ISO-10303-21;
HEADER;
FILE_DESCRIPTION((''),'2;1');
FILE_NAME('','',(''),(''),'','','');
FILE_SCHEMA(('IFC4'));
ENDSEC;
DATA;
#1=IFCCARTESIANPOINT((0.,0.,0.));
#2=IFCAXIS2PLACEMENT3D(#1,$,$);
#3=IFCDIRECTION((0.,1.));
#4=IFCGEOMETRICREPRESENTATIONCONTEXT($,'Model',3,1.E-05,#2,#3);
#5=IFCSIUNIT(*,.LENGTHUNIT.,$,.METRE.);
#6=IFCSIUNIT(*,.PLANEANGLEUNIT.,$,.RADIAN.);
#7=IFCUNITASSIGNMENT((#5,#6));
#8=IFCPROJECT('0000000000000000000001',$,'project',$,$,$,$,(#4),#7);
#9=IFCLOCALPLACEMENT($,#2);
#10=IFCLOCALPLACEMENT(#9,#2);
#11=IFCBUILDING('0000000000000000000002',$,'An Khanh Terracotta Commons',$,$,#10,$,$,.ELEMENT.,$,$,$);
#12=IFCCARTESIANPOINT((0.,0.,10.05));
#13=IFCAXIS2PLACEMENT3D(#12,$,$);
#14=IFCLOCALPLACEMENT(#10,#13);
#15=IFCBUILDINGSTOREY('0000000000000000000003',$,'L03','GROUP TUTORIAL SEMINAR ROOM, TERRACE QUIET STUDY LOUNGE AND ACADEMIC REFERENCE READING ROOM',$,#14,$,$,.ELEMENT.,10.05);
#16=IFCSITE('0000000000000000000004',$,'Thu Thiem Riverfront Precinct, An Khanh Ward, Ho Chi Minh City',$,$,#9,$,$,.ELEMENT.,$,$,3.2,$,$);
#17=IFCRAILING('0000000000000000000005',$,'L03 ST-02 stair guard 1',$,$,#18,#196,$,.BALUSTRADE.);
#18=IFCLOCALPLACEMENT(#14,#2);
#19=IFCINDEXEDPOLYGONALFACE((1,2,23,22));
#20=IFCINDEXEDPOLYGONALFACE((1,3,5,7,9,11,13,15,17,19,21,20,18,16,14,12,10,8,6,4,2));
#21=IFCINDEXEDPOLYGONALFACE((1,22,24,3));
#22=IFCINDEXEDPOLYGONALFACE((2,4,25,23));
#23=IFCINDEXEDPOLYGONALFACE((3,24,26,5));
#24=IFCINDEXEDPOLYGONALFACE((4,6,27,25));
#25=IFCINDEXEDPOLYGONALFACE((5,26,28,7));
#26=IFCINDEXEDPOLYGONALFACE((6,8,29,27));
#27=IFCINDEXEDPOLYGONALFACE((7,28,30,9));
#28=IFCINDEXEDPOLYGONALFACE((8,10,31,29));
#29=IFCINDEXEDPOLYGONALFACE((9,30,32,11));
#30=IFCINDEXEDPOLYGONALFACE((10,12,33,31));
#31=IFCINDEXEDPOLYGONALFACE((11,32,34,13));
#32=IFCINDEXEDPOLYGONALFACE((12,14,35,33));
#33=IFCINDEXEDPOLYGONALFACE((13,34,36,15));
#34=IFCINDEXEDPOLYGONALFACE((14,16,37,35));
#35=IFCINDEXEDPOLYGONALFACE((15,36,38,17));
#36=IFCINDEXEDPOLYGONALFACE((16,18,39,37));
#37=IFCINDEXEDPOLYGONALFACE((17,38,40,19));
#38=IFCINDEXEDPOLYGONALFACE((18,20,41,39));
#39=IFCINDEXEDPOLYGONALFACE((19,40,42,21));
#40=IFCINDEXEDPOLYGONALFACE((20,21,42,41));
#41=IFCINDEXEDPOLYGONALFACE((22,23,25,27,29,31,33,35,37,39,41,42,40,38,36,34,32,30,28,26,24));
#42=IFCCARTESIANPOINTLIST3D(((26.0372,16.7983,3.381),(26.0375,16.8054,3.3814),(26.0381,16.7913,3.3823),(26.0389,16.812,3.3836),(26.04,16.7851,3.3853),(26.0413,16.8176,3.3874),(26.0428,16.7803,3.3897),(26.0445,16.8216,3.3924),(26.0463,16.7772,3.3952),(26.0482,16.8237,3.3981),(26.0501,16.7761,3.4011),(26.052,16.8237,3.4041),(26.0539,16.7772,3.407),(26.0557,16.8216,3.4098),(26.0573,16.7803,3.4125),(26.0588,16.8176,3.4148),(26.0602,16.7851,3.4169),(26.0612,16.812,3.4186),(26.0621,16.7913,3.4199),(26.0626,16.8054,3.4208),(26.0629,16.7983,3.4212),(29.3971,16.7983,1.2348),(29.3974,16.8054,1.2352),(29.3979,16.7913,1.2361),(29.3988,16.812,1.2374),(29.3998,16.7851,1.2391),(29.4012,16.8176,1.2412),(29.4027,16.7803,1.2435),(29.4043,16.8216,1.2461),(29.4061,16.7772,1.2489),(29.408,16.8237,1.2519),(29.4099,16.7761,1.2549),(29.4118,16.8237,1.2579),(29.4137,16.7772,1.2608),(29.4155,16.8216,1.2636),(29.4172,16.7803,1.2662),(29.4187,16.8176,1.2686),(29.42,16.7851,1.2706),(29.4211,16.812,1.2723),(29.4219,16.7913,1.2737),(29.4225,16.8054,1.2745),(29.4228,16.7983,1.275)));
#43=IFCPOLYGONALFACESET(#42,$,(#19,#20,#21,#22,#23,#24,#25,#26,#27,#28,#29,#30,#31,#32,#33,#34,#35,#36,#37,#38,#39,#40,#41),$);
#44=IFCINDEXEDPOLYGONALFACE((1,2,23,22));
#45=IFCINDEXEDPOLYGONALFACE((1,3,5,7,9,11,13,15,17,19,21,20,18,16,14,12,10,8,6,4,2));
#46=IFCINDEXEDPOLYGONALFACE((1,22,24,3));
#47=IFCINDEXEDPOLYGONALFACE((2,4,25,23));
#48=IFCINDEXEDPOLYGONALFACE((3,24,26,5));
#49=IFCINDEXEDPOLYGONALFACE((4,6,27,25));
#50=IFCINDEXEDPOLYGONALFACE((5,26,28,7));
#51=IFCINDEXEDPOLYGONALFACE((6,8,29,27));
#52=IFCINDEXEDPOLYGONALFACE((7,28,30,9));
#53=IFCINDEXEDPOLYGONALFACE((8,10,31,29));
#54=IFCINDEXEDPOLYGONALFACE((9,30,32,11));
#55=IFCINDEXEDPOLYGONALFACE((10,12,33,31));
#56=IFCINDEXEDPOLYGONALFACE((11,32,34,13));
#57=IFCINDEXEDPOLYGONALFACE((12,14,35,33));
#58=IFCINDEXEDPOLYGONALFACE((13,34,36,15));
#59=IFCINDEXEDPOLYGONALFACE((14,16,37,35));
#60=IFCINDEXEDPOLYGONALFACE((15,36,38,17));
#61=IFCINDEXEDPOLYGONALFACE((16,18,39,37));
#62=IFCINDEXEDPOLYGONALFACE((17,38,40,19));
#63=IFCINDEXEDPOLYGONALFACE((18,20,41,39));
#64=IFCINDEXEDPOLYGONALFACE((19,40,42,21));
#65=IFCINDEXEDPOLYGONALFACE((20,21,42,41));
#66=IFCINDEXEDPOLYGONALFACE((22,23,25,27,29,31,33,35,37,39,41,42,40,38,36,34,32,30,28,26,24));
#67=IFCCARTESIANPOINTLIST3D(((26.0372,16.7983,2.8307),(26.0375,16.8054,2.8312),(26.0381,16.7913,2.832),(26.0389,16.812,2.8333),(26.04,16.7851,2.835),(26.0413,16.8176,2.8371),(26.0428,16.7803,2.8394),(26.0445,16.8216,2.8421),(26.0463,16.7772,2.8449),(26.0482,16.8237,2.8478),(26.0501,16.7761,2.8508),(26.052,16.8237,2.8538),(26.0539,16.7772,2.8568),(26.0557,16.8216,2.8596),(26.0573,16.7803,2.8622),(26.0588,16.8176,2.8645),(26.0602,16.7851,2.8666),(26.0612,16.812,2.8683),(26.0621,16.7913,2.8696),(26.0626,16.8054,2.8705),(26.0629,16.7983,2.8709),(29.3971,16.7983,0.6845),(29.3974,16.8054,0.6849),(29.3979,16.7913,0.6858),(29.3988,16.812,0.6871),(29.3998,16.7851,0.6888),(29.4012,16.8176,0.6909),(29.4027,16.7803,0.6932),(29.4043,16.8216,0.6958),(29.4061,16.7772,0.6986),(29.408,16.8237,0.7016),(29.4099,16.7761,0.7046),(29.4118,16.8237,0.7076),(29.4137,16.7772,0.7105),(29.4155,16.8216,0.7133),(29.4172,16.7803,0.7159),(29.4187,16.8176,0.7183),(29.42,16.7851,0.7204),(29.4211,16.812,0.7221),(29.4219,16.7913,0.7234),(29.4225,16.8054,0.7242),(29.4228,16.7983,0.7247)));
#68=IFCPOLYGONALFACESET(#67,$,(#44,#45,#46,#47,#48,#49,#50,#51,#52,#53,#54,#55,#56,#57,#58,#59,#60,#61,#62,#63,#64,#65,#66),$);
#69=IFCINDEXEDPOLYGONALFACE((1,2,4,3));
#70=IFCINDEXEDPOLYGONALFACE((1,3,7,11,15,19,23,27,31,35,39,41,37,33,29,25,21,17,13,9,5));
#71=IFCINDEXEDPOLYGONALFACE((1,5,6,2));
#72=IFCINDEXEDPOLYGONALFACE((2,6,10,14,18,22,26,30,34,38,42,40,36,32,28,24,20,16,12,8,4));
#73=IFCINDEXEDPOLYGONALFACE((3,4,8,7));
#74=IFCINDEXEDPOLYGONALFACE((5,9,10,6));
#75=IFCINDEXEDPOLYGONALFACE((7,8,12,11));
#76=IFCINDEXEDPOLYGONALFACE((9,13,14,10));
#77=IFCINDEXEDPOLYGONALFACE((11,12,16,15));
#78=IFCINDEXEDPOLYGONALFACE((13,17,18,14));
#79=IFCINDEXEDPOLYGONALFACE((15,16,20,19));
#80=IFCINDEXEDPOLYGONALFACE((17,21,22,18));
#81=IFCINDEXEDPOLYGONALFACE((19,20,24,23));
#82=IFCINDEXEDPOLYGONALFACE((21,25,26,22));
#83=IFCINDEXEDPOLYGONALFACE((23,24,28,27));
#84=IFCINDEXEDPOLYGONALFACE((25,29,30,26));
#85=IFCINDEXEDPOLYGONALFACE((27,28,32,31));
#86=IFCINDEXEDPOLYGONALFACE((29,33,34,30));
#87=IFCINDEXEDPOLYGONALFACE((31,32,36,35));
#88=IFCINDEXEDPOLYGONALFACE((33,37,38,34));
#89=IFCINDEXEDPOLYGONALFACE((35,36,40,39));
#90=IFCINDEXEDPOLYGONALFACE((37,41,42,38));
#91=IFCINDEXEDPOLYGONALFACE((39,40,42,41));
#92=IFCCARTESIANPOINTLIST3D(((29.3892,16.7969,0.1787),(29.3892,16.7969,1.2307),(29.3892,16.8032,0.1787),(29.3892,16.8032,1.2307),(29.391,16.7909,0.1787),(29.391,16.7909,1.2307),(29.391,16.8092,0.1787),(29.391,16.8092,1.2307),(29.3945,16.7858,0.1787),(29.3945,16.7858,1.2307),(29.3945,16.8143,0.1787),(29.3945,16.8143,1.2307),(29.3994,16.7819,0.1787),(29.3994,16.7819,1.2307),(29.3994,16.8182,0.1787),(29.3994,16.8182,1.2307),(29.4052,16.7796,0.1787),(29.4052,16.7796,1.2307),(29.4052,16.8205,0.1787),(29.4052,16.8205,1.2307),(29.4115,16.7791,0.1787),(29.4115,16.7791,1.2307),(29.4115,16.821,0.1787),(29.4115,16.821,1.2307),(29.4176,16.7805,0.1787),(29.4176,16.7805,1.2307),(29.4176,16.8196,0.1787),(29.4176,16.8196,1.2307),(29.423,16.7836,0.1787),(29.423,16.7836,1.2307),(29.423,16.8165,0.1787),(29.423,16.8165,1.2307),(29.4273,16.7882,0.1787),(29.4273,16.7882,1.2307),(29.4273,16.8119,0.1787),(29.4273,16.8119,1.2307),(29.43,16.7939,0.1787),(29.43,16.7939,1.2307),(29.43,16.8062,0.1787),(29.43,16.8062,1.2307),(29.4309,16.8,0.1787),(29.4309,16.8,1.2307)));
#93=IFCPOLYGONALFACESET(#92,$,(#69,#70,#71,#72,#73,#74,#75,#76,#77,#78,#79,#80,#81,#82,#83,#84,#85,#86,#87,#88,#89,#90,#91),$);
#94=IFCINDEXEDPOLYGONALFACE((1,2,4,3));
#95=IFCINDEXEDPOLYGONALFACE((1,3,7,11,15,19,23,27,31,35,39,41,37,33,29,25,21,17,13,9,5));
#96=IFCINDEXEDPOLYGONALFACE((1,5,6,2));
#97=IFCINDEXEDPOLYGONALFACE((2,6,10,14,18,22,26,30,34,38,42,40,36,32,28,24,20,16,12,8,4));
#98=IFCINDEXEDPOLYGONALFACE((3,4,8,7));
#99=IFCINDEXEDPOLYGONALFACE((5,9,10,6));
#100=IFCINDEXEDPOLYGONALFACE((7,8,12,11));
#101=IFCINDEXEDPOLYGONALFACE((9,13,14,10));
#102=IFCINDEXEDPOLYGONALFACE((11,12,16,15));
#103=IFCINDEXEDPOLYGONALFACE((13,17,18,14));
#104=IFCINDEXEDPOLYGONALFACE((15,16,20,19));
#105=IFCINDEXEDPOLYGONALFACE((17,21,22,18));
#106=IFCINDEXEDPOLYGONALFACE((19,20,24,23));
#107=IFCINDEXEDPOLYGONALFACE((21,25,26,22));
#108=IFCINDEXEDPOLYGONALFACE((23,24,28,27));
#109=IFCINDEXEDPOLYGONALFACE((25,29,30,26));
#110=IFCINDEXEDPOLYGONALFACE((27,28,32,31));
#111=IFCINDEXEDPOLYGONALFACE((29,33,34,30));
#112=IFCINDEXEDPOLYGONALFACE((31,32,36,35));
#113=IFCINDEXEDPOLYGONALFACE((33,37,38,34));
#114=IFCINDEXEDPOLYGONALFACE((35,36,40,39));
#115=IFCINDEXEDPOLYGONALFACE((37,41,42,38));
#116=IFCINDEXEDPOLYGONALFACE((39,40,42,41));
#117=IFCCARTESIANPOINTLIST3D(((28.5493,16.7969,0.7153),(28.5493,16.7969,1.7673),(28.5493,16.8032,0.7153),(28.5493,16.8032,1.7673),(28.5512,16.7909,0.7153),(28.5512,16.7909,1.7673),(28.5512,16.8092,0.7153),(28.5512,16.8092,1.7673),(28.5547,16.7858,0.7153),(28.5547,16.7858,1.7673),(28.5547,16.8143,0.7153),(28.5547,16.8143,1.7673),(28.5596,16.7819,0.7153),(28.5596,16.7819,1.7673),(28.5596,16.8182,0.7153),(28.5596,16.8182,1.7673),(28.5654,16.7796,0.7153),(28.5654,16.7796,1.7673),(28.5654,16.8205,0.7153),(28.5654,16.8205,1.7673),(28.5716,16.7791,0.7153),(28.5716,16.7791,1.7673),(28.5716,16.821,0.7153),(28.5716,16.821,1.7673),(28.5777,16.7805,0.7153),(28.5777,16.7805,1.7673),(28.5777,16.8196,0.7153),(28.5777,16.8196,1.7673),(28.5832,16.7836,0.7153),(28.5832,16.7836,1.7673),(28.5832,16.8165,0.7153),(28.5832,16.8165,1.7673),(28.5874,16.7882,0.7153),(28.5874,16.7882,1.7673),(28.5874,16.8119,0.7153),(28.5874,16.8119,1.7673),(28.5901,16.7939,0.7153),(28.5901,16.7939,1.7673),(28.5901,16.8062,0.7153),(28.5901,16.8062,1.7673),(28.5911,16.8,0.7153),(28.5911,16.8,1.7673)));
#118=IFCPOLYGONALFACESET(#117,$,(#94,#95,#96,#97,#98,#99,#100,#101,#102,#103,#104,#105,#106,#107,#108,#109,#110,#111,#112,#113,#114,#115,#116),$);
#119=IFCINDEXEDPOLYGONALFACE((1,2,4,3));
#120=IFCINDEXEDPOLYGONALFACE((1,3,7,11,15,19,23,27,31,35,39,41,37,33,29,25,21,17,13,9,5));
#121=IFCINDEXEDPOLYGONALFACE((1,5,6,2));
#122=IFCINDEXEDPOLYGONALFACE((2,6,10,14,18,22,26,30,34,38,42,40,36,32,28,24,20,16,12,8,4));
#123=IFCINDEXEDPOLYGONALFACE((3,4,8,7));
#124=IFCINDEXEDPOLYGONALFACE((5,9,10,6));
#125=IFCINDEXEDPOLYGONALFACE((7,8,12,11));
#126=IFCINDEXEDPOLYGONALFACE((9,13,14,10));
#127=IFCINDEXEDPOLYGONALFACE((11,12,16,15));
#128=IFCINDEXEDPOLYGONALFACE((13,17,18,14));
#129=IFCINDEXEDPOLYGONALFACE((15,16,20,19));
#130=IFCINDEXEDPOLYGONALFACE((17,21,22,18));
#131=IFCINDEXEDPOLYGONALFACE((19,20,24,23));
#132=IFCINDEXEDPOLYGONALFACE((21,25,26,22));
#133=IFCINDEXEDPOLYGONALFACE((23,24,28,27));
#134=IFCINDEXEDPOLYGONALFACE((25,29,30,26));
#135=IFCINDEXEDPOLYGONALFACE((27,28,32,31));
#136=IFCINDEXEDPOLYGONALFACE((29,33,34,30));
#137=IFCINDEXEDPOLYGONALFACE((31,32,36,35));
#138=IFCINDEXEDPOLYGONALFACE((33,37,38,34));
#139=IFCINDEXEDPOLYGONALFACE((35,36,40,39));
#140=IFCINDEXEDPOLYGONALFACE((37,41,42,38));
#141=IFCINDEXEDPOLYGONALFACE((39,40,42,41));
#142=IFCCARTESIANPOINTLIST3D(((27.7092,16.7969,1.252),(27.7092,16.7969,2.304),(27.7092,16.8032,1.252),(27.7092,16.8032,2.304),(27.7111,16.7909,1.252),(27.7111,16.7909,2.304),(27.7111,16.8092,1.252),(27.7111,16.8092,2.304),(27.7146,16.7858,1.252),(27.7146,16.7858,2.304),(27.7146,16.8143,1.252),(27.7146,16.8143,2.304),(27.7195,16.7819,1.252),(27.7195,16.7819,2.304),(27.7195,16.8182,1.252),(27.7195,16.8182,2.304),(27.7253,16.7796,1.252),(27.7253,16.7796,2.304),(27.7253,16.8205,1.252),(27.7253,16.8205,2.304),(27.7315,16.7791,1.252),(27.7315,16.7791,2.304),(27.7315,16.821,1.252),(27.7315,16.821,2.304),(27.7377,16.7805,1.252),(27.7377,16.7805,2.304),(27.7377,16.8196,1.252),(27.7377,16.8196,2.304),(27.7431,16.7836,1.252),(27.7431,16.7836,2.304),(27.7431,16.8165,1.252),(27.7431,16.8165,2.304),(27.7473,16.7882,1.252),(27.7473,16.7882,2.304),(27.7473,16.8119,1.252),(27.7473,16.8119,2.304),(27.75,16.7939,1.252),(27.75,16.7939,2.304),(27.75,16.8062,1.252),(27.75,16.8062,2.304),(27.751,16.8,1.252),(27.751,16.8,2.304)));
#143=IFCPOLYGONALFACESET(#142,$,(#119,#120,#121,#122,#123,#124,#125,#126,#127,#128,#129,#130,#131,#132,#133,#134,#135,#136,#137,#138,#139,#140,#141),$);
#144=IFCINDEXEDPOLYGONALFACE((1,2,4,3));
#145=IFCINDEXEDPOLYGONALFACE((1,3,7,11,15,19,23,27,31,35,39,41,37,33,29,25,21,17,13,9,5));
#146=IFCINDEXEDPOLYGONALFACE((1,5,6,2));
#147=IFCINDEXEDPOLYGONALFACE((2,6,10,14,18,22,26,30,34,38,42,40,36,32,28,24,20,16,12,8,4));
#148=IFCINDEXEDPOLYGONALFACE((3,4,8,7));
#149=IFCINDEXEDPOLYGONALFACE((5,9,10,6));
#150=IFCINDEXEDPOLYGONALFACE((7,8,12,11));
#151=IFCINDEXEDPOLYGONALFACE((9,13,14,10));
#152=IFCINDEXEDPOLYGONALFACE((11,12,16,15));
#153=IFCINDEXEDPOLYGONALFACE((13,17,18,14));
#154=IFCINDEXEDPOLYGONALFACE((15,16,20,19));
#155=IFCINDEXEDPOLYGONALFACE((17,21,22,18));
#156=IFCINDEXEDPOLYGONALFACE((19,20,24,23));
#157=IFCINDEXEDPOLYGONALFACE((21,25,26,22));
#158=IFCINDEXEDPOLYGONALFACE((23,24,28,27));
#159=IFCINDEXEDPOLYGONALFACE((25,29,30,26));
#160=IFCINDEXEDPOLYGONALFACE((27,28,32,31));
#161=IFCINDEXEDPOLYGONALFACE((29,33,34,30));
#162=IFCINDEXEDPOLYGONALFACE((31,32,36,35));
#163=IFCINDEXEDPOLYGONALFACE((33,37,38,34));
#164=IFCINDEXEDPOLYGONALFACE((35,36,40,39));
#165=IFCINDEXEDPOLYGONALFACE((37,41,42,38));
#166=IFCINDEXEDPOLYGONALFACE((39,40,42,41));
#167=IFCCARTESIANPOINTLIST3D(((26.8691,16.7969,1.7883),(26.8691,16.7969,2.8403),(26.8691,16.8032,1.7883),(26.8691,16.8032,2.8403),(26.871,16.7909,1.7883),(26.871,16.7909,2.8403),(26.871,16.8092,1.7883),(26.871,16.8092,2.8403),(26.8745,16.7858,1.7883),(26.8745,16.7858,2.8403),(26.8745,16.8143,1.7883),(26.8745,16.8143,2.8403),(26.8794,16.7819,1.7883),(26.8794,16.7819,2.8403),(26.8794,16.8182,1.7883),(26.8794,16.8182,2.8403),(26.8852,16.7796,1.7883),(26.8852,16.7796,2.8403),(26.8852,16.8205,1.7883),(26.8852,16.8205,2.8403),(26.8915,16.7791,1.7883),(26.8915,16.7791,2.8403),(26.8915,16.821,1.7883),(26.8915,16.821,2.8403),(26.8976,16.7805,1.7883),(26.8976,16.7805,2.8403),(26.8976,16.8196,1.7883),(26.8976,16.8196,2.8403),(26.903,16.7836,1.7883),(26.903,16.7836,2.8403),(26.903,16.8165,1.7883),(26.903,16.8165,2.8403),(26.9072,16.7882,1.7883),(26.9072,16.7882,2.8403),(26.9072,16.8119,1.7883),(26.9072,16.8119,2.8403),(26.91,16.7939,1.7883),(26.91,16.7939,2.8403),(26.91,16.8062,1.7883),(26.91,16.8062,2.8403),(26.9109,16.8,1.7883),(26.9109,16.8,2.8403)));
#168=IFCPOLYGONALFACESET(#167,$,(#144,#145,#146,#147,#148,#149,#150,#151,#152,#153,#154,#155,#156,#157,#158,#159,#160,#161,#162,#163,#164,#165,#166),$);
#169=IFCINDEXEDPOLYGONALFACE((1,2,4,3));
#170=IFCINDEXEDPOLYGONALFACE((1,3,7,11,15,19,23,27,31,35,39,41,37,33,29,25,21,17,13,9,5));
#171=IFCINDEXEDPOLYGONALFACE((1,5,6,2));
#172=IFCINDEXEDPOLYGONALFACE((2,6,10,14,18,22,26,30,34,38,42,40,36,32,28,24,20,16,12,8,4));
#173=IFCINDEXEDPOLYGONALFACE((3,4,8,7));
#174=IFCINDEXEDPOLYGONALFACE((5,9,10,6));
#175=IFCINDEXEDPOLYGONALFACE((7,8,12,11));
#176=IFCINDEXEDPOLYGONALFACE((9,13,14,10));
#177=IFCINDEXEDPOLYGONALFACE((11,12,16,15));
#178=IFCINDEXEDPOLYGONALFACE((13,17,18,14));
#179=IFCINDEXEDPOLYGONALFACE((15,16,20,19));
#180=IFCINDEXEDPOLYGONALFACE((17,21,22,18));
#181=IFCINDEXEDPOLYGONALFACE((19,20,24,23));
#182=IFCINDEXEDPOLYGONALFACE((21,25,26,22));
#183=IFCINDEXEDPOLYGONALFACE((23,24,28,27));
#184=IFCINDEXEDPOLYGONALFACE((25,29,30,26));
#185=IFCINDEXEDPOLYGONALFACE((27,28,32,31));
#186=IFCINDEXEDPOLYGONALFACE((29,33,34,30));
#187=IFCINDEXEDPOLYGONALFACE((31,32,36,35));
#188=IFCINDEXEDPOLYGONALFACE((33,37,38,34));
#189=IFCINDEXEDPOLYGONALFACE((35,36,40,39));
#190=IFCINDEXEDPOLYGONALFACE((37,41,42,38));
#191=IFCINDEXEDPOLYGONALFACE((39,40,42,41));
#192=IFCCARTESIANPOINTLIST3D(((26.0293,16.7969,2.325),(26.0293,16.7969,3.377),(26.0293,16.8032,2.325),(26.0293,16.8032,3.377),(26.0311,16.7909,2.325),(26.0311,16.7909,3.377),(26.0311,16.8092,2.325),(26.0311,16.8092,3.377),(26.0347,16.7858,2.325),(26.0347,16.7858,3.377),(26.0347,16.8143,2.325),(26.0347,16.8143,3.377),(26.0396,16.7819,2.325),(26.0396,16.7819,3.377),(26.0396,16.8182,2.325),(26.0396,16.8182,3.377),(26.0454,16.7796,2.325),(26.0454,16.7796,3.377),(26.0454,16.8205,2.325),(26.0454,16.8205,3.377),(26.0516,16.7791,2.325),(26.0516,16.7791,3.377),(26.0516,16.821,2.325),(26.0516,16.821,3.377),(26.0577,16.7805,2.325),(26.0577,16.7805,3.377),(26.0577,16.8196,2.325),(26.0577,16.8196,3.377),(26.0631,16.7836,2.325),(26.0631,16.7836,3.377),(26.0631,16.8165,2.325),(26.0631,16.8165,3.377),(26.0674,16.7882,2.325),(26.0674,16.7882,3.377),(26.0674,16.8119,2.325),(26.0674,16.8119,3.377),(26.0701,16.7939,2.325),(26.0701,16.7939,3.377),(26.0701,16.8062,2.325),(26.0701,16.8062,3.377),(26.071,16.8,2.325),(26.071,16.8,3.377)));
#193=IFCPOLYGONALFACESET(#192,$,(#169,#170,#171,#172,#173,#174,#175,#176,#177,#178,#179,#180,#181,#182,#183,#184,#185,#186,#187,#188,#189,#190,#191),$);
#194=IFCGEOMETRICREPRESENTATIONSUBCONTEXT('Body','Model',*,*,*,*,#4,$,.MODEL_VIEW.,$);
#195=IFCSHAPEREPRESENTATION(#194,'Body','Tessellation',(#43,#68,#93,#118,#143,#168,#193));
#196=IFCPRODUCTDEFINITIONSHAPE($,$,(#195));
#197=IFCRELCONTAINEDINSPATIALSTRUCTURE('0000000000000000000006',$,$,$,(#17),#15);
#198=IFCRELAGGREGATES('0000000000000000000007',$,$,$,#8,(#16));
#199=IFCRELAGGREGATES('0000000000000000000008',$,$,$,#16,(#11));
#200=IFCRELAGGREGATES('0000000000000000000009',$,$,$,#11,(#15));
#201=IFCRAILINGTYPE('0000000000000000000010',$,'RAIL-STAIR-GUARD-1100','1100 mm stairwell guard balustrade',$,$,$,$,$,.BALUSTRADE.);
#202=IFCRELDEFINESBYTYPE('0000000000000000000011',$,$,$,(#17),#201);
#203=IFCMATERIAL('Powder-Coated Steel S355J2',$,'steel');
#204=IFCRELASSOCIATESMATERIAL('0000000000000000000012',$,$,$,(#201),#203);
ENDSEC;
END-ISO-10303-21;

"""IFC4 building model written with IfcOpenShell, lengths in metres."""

from ifc_helpers import new_model, si_unit, direction, frame, origin, origin_2d, place, context, subcontext, project, spatial, circle, extrude, material, type_object, element, save


model = new_model("IFC4")

# Units and contexts
model_context = context("Model", 3, precision=1e-05, world=origin(), true_north=direction((0.0, 1.0)))
body_context = subcontext(model_context, "Body", "Model", "MODEL_VIEW")
ifc_project = project(units=[si_unit("LENGTHUNIT", "METRE"), si_unit("PLANEANGLEUNIT", "RADIAN")], contexts=[model_context])

# Site, building, storey
site_placement = place(None, origin())
site = spatial("IfcSite", under=ifc_project, at=site_placement, Name="Thu Thiem Riverfront Precinct, An Khanh Ward, Ho Chi Minh City", CompositionType="ELEMENT", RefElevation=3.2)
building_placement = place(site_placement, origin())
building = spatial("IfcBuilding", under=site, at=building_placement, Name="An Khanh Terracotta Commons", CompositionType="ELEMENT")
storey_placement = place(building_placement, frame((0.0, 0.0, 10.05)))
storey = spatial("IfcBuildingStorey", under=building, at=storey_placement, Name="L03", Description="GROUP TUTORIAL SEMINAR ROOM, TERRACE QUIET STUDY LOUNGE AND ACADEMIC REFERENCE READING ROOM", CompositionType="ELEMENT", Elevation=10.05)

# Railing
ifc_material_1 = material(Name="Powder-Coated Steel S355J2", Category="steel")
railing_type_1 = type_object("IfcRailingType", Name="RAIL-STAIR-GUARD-1100", Description="1100 mm stairwell guard balustrade", PredefinedType="BALUSTRADE", material=ifc_material_1)
railing_1_placement = place(storey_placement, frame((29.4099, 16.8, 0.1787)))
element("IfcRailing", 1, at=railing_1_placement, inside=storey, type_object=railing_type_1, Name="L03 ST-02 stair guard 1", PredefinedType="BALUSTRADE", context=body_context, shape_type="SweptSolid", body=[
    extrude(circle(Radius=0.0239, at=origin_2d()), frame((0.0, 0.0, 1.0762), z_axis=(-0.842735, 0.0, 0.538329), x_axis=(0.0, -1.0, 0.0)), (0.0, 0.0, 1.0), 3.9868),
    extrude(circle(Radius=0.0239, at=origin_2d()), frame((0.0, 0.0, 0.5259), z_axis=(-0.842735, 0.0, 0.538329), x_axis=(0.0, -1.0, 0.0)), (0.0, 0.0, 1.0), 3.9868),
    extrude(circle(Radius=0.021, at=origin_2d()), origin(), (0.0, 0.0, 1.0), 1.052),
    extrude(circle(Radius=0.021, at=origin_2d()), frame((-0.8398, 0.0, 0.5366)), (0.0, 0.0, 1.0), 1.052),
    extrude(circle(Radius=0.021, at=origin_2d()), frame((-1.6799, 0.0, 1.0732)), (0.0, 0.0, 1.0), 1.052),
    extrude(circle(Radius=0.021, at=origin_2d()), frame((-2.52, 0.0, 1.6096)), (0.0, 0.0, 1.0), 1.052),
    extrude(circle(Radius=0.021, at=origin_2d()), frame((-3.3599, 0.0, 2.1462)), (0.0, 0.0, 1.0), 1.052),
])

save(model, "model.ifc")
